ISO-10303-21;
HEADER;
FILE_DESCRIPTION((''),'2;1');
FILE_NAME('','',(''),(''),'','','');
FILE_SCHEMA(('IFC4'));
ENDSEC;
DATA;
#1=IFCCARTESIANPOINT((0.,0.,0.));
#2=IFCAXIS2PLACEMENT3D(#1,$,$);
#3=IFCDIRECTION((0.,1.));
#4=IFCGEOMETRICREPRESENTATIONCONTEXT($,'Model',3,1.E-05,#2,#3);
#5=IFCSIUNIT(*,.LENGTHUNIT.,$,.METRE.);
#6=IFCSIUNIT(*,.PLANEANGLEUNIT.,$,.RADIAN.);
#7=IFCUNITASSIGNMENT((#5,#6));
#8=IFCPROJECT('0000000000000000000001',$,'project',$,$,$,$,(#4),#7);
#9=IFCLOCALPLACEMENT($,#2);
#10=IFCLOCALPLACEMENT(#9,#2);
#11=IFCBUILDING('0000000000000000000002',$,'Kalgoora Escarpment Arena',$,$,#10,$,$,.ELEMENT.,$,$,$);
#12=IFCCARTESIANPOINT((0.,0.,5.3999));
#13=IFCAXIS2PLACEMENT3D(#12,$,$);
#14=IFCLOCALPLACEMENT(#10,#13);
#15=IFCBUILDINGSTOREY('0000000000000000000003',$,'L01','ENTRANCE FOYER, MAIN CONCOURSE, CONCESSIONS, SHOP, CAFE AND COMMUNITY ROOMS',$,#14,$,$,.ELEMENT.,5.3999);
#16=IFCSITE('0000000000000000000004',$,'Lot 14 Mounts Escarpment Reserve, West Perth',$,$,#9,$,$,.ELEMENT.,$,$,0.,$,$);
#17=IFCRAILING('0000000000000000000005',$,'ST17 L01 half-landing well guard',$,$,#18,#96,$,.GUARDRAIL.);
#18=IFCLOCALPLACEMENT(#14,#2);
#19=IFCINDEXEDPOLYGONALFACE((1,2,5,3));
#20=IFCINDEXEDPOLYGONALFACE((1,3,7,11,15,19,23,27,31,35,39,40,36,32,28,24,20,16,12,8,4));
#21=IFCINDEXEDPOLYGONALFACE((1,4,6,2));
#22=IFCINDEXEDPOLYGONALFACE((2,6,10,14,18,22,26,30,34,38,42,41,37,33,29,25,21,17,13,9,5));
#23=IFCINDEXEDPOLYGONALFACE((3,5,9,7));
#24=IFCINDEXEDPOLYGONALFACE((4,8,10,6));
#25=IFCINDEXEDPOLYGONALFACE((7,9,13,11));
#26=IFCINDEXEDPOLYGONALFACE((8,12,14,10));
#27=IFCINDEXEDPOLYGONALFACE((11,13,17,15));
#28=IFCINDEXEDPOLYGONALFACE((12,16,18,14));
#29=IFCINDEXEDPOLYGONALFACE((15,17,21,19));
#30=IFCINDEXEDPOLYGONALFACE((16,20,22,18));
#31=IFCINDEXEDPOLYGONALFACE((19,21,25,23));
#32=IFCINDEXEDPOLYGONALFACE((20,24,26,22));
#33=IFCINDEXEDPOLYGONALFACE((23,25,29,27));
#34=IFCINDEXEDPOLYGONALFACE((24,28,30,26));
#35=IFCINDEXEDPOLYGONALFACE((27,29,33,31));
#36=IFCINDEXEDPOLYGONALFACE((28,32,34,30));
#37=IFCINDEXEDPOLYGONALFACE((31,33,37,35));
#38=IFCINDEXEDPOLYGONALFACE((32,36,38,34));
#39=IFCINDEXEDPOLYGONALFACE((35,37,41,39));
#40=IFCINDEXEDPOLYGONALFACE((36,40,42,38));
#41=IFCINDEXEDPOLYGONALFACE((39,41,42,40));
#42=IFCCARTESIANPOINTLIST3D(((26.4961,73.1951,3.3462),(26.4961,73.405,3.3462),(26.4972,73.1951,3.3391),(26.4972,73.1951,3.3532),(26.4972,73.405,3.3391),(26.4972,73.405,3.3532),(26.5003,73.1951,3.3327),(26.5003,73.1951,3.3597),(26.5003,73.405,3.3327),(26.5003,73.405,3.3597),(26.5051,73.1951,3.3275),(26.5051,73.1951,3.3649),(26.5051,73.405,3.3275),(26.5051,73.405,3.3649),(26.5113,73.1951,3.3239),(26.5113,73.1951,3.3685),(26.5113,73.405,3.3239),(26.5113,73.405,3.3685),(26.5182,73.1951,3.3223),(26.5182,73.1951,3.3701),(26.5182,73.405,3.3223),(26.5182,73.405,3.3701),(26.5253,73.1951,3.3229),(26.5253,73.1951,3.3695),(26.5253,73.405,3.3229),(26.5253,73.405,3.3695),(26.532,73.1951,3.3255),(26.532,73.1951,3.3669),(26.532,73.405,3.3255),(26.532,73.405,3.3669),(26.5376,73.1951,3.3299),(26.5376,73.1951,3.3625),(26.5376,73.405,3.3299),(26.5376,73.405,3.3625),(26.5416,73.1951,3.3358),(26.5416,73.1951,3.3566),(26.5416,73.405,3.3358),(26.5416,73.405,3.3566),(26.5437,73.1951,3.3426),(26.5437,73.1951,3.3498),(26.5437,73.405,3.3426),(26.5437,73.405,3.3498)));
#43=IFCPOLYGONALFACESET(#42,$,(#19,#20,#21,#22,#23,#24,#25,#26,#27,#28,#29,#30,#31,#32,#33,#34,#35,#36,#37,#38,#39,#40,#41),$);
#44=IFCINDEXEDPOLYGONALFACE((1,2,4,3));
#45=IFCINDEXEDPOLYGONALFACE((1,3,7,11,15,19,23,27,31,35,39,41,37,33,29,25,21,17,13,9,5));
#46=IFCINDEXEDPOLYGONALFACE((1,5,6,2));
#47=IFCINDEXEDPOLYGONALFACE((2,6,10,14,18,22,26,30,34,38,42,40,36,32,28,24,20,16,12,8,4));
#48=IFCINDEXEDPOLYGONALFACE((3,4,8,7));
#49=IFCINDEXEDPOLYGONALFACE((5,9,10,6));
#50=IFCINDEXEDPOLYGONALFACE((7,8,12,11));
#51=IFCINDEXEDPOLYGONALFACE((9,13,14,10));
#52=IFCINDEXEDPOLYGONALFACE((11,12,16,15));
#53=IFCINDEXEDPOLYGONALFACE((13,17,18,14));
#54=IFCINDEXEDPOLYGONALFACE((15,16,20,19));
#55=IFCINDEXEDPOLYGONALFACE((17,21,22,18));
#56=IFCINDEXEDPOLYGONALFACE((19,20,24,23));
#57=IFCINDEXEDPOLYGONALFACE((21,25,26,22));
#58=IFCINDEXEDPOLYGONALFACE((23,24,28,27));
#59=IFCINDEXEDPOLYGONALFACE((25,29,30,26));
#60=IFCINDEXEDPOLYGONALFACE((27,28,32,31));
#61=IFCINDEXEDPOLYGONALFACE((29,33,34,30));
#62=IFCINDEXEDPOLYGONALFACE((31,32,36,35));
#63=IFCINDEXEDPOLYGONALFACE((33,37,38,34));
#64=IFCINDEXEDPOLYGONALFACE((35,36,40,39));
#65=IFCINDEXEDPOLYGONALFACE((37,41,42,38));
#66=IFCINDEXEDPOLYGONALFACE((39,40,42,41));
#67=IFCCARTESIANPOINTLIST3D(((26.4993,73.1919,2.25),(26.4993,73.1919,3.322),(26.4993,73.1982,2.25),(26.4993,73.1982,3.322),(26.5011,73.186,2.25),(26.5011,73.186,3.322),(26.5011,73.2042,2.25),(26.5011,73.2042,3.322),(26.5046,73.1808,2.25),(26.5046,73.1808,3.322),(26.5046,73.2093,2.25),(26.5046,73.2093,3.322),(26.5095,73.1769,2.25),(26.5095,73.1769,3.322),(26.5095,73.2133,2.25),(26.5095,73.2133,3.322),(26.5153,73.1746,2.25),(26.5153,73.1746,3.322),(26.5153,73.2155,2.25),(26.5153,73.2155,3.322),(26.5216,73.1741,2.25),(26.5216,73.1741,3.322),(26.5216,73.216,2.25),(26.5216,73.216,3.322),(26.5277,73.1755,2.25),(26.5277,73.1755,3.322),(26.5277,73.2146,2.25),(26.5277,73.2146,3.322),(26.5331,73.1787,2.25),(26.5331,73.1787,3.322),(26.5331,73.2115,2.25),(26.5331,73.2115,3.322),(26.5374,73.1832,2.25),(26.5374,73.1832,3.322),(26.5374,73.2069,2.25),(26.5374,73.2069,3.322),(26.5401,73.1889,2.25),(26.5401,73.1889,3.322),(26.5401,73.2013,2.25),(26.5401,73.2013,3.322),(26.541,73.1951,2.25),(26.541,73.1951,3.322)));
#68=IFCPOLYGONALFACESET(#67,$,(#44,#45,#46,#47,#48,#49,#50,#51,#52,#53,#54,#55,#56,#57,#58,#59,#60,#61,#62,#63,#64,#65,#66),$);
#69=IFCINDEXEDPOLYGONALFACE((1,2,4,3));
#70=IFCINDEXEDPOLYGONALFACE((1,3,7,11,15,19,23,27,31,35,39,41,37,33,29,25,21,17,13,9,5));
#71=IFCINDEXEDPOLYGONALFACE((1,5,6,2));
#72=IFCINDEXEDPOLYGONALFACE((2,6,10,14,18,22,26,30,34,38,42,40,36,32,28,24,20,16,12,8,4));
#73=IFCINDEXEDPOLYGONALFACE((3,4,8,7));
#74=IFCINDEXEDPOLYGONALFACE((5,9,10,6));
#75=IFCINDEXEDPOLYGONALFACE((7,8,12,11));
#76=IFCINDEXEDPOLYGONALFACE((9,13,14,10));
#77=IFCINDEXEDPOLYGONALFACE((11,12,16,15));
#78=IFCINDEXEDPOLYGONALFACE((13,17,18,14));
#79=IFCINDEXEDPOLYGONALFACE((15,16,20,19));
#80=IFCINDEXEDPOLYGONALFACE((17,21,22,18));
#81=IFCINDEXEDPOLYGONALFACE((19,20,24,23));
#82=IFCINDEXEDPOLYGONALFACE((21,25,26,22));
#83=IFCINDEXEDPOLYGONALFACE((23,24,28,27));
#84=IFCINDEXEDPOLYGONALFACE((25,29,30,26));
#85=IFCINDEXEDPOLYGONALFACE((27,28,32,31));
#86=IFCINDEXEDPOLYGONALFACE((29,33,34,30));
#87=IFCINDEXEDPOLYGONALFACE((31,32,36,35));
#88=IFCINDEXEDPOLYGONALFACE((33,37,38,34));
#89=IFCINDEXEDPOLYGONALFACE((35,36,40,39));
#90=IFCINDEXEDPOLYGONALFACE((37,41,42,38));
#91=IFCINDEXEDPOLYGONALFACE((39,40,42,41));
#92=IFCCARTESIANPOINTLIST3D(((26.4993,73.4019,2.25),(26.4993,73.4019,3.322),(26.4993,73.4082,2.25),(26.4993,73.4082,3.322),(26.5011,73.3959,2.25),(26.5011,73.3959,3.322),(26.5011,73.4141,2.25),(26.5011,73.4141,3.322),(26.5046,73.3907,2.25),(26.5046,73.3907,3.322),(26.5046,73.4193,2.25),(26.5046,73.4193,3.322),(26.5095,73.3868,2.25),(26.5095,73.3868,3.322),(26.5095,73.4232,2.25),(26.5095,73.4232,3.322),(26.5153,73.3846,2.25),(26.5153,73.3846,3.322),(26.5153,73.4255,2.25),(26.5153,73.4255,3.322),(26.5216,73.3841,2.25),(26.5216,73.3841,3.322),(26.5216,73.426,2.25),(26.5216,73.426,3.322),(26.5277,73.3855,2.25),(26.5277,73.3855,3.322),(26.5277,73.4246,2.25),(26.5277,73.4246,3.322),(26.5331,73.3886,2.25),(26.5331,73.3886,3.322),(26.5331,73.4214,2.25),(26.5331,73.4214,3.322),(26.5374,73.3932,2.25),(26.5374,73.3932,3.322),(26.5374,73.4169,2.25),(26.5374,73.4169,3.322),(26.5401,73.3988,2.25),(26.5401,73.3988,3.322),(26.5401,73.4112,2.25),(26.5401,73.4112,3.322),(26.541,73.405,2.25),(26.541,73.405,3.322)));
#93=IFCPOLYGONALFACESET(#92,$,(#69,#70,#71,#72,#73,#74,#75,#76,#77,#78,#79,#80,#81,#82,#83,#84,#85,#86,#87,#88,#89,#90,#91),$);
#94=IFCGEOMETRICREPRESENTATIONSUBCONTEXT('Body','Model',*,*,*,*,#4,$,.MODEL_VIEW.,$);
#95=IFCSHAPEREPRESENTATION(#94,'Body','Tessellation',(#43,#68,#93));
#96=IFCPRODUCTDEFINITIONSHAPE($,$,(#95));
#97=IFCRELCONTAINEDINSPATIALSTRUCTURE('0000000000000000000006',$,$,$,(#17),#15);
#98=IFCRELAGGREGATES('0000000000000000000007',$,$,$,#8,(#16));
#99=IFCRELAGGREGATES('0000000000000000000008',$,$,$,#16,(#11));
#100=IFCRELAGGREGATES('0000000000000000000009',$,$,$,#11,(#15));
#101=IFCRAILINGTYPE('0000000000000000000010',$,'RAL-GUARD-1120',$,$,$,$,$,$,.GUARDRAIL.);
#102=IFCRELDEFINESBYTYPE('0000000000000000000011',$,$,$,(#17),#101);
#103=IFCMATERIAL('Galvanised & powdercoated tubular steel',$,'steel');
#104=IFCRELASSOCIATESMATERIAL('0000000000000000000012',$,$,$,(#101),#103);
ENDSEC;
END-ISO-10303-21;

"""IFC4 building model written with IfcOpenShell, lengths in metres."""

from ifc_helpers import new_model, si_unit, direction, frame, origin, origin_2d, place, context, subcontext, project, spatial, circle, extrude, material, type_object, element, save


model = new_model("IFC4")

# Units and contexts
model_context = context("Model", 3, precision=1e-05, world=origin(), true_north=direction((0.0, 1.0)))
body_context = subcontext(model_context, "Body", "Model", "MODEL_VIEW")
ifc_project = project(units=[si_unit("LENGTHUNIT", "METRE"), si_unit("PLANEANGLEUNIT", "RADIAN")], contexts=[model_context])

# Site, building, storey
site_placement = place(None, origin())
site = spatial("IfcSite", under=ifc_project, at=site_placement, Name="Lot 14 Mounts Escarpment Reserve, West Perth", CompositionType="ELEMENT", RefElevation=0.0)
building_placement = place(site_placement, origin())
building = spatial("IfcBuilding", under=site, at=building_placement, Name="Kalgoora Escarpment Arena", CompositionType="ELEMENT")
storey_placement = place(building_placement, frame((0.0, 0.0, 5.3999)))
storey = spatial("IfcBuildingStorey", under=building, at=storey_placement, Name="L01", Description="ENTRANCE FOYER, MAIN CONCOURSE, CONCESSIONS, SHOP, CAFE AND COMMUNITY ROOMS", CompositionType="ELEMENT", Elevation=5.3999)

# Railing
ifc_material_1 = material(Name="Galvanised & powdercoated tubular steel", Category="steel")
railing_type_1 = type_object("IfcRailingType", Name="RAL-GUARD-1120", PredefinedType="GUARDRAIL", material=ifc_material_1)
railing_placement = place(storey_placement, frame((26.52, 73.1951, 2.25)))
element("IfcRailing", 1, at=railing_placement, inside=storey, type_object=railing_type_1, Name="ST17 L01 half-landing well guard", PredefinedType="GUARDRAIL", context=body_context, shape_type="SweptSolid", body=[
    extrude(circle(Radius=0.0239, at=origin_2d()), frame((0.0, 0.0, 1.0962), z_axis=(0.0, 1.0, 0.0), x_axis=(-1.0, 0.0, 0.0)), (0.0, 0.0, 1.0), 0.21),
    extrude(circle(Radius=0.021, at=origin_2d()), origin(), (0.0, 0.0, 1.0), 1.072),
    extrude(circle(Radius=0.021, at=origin_2d()), frame((0.0, 0.21, 0.0)), (0.0, 0.0, 1.0), 1.072),
])

save(model, "model.ifc")
